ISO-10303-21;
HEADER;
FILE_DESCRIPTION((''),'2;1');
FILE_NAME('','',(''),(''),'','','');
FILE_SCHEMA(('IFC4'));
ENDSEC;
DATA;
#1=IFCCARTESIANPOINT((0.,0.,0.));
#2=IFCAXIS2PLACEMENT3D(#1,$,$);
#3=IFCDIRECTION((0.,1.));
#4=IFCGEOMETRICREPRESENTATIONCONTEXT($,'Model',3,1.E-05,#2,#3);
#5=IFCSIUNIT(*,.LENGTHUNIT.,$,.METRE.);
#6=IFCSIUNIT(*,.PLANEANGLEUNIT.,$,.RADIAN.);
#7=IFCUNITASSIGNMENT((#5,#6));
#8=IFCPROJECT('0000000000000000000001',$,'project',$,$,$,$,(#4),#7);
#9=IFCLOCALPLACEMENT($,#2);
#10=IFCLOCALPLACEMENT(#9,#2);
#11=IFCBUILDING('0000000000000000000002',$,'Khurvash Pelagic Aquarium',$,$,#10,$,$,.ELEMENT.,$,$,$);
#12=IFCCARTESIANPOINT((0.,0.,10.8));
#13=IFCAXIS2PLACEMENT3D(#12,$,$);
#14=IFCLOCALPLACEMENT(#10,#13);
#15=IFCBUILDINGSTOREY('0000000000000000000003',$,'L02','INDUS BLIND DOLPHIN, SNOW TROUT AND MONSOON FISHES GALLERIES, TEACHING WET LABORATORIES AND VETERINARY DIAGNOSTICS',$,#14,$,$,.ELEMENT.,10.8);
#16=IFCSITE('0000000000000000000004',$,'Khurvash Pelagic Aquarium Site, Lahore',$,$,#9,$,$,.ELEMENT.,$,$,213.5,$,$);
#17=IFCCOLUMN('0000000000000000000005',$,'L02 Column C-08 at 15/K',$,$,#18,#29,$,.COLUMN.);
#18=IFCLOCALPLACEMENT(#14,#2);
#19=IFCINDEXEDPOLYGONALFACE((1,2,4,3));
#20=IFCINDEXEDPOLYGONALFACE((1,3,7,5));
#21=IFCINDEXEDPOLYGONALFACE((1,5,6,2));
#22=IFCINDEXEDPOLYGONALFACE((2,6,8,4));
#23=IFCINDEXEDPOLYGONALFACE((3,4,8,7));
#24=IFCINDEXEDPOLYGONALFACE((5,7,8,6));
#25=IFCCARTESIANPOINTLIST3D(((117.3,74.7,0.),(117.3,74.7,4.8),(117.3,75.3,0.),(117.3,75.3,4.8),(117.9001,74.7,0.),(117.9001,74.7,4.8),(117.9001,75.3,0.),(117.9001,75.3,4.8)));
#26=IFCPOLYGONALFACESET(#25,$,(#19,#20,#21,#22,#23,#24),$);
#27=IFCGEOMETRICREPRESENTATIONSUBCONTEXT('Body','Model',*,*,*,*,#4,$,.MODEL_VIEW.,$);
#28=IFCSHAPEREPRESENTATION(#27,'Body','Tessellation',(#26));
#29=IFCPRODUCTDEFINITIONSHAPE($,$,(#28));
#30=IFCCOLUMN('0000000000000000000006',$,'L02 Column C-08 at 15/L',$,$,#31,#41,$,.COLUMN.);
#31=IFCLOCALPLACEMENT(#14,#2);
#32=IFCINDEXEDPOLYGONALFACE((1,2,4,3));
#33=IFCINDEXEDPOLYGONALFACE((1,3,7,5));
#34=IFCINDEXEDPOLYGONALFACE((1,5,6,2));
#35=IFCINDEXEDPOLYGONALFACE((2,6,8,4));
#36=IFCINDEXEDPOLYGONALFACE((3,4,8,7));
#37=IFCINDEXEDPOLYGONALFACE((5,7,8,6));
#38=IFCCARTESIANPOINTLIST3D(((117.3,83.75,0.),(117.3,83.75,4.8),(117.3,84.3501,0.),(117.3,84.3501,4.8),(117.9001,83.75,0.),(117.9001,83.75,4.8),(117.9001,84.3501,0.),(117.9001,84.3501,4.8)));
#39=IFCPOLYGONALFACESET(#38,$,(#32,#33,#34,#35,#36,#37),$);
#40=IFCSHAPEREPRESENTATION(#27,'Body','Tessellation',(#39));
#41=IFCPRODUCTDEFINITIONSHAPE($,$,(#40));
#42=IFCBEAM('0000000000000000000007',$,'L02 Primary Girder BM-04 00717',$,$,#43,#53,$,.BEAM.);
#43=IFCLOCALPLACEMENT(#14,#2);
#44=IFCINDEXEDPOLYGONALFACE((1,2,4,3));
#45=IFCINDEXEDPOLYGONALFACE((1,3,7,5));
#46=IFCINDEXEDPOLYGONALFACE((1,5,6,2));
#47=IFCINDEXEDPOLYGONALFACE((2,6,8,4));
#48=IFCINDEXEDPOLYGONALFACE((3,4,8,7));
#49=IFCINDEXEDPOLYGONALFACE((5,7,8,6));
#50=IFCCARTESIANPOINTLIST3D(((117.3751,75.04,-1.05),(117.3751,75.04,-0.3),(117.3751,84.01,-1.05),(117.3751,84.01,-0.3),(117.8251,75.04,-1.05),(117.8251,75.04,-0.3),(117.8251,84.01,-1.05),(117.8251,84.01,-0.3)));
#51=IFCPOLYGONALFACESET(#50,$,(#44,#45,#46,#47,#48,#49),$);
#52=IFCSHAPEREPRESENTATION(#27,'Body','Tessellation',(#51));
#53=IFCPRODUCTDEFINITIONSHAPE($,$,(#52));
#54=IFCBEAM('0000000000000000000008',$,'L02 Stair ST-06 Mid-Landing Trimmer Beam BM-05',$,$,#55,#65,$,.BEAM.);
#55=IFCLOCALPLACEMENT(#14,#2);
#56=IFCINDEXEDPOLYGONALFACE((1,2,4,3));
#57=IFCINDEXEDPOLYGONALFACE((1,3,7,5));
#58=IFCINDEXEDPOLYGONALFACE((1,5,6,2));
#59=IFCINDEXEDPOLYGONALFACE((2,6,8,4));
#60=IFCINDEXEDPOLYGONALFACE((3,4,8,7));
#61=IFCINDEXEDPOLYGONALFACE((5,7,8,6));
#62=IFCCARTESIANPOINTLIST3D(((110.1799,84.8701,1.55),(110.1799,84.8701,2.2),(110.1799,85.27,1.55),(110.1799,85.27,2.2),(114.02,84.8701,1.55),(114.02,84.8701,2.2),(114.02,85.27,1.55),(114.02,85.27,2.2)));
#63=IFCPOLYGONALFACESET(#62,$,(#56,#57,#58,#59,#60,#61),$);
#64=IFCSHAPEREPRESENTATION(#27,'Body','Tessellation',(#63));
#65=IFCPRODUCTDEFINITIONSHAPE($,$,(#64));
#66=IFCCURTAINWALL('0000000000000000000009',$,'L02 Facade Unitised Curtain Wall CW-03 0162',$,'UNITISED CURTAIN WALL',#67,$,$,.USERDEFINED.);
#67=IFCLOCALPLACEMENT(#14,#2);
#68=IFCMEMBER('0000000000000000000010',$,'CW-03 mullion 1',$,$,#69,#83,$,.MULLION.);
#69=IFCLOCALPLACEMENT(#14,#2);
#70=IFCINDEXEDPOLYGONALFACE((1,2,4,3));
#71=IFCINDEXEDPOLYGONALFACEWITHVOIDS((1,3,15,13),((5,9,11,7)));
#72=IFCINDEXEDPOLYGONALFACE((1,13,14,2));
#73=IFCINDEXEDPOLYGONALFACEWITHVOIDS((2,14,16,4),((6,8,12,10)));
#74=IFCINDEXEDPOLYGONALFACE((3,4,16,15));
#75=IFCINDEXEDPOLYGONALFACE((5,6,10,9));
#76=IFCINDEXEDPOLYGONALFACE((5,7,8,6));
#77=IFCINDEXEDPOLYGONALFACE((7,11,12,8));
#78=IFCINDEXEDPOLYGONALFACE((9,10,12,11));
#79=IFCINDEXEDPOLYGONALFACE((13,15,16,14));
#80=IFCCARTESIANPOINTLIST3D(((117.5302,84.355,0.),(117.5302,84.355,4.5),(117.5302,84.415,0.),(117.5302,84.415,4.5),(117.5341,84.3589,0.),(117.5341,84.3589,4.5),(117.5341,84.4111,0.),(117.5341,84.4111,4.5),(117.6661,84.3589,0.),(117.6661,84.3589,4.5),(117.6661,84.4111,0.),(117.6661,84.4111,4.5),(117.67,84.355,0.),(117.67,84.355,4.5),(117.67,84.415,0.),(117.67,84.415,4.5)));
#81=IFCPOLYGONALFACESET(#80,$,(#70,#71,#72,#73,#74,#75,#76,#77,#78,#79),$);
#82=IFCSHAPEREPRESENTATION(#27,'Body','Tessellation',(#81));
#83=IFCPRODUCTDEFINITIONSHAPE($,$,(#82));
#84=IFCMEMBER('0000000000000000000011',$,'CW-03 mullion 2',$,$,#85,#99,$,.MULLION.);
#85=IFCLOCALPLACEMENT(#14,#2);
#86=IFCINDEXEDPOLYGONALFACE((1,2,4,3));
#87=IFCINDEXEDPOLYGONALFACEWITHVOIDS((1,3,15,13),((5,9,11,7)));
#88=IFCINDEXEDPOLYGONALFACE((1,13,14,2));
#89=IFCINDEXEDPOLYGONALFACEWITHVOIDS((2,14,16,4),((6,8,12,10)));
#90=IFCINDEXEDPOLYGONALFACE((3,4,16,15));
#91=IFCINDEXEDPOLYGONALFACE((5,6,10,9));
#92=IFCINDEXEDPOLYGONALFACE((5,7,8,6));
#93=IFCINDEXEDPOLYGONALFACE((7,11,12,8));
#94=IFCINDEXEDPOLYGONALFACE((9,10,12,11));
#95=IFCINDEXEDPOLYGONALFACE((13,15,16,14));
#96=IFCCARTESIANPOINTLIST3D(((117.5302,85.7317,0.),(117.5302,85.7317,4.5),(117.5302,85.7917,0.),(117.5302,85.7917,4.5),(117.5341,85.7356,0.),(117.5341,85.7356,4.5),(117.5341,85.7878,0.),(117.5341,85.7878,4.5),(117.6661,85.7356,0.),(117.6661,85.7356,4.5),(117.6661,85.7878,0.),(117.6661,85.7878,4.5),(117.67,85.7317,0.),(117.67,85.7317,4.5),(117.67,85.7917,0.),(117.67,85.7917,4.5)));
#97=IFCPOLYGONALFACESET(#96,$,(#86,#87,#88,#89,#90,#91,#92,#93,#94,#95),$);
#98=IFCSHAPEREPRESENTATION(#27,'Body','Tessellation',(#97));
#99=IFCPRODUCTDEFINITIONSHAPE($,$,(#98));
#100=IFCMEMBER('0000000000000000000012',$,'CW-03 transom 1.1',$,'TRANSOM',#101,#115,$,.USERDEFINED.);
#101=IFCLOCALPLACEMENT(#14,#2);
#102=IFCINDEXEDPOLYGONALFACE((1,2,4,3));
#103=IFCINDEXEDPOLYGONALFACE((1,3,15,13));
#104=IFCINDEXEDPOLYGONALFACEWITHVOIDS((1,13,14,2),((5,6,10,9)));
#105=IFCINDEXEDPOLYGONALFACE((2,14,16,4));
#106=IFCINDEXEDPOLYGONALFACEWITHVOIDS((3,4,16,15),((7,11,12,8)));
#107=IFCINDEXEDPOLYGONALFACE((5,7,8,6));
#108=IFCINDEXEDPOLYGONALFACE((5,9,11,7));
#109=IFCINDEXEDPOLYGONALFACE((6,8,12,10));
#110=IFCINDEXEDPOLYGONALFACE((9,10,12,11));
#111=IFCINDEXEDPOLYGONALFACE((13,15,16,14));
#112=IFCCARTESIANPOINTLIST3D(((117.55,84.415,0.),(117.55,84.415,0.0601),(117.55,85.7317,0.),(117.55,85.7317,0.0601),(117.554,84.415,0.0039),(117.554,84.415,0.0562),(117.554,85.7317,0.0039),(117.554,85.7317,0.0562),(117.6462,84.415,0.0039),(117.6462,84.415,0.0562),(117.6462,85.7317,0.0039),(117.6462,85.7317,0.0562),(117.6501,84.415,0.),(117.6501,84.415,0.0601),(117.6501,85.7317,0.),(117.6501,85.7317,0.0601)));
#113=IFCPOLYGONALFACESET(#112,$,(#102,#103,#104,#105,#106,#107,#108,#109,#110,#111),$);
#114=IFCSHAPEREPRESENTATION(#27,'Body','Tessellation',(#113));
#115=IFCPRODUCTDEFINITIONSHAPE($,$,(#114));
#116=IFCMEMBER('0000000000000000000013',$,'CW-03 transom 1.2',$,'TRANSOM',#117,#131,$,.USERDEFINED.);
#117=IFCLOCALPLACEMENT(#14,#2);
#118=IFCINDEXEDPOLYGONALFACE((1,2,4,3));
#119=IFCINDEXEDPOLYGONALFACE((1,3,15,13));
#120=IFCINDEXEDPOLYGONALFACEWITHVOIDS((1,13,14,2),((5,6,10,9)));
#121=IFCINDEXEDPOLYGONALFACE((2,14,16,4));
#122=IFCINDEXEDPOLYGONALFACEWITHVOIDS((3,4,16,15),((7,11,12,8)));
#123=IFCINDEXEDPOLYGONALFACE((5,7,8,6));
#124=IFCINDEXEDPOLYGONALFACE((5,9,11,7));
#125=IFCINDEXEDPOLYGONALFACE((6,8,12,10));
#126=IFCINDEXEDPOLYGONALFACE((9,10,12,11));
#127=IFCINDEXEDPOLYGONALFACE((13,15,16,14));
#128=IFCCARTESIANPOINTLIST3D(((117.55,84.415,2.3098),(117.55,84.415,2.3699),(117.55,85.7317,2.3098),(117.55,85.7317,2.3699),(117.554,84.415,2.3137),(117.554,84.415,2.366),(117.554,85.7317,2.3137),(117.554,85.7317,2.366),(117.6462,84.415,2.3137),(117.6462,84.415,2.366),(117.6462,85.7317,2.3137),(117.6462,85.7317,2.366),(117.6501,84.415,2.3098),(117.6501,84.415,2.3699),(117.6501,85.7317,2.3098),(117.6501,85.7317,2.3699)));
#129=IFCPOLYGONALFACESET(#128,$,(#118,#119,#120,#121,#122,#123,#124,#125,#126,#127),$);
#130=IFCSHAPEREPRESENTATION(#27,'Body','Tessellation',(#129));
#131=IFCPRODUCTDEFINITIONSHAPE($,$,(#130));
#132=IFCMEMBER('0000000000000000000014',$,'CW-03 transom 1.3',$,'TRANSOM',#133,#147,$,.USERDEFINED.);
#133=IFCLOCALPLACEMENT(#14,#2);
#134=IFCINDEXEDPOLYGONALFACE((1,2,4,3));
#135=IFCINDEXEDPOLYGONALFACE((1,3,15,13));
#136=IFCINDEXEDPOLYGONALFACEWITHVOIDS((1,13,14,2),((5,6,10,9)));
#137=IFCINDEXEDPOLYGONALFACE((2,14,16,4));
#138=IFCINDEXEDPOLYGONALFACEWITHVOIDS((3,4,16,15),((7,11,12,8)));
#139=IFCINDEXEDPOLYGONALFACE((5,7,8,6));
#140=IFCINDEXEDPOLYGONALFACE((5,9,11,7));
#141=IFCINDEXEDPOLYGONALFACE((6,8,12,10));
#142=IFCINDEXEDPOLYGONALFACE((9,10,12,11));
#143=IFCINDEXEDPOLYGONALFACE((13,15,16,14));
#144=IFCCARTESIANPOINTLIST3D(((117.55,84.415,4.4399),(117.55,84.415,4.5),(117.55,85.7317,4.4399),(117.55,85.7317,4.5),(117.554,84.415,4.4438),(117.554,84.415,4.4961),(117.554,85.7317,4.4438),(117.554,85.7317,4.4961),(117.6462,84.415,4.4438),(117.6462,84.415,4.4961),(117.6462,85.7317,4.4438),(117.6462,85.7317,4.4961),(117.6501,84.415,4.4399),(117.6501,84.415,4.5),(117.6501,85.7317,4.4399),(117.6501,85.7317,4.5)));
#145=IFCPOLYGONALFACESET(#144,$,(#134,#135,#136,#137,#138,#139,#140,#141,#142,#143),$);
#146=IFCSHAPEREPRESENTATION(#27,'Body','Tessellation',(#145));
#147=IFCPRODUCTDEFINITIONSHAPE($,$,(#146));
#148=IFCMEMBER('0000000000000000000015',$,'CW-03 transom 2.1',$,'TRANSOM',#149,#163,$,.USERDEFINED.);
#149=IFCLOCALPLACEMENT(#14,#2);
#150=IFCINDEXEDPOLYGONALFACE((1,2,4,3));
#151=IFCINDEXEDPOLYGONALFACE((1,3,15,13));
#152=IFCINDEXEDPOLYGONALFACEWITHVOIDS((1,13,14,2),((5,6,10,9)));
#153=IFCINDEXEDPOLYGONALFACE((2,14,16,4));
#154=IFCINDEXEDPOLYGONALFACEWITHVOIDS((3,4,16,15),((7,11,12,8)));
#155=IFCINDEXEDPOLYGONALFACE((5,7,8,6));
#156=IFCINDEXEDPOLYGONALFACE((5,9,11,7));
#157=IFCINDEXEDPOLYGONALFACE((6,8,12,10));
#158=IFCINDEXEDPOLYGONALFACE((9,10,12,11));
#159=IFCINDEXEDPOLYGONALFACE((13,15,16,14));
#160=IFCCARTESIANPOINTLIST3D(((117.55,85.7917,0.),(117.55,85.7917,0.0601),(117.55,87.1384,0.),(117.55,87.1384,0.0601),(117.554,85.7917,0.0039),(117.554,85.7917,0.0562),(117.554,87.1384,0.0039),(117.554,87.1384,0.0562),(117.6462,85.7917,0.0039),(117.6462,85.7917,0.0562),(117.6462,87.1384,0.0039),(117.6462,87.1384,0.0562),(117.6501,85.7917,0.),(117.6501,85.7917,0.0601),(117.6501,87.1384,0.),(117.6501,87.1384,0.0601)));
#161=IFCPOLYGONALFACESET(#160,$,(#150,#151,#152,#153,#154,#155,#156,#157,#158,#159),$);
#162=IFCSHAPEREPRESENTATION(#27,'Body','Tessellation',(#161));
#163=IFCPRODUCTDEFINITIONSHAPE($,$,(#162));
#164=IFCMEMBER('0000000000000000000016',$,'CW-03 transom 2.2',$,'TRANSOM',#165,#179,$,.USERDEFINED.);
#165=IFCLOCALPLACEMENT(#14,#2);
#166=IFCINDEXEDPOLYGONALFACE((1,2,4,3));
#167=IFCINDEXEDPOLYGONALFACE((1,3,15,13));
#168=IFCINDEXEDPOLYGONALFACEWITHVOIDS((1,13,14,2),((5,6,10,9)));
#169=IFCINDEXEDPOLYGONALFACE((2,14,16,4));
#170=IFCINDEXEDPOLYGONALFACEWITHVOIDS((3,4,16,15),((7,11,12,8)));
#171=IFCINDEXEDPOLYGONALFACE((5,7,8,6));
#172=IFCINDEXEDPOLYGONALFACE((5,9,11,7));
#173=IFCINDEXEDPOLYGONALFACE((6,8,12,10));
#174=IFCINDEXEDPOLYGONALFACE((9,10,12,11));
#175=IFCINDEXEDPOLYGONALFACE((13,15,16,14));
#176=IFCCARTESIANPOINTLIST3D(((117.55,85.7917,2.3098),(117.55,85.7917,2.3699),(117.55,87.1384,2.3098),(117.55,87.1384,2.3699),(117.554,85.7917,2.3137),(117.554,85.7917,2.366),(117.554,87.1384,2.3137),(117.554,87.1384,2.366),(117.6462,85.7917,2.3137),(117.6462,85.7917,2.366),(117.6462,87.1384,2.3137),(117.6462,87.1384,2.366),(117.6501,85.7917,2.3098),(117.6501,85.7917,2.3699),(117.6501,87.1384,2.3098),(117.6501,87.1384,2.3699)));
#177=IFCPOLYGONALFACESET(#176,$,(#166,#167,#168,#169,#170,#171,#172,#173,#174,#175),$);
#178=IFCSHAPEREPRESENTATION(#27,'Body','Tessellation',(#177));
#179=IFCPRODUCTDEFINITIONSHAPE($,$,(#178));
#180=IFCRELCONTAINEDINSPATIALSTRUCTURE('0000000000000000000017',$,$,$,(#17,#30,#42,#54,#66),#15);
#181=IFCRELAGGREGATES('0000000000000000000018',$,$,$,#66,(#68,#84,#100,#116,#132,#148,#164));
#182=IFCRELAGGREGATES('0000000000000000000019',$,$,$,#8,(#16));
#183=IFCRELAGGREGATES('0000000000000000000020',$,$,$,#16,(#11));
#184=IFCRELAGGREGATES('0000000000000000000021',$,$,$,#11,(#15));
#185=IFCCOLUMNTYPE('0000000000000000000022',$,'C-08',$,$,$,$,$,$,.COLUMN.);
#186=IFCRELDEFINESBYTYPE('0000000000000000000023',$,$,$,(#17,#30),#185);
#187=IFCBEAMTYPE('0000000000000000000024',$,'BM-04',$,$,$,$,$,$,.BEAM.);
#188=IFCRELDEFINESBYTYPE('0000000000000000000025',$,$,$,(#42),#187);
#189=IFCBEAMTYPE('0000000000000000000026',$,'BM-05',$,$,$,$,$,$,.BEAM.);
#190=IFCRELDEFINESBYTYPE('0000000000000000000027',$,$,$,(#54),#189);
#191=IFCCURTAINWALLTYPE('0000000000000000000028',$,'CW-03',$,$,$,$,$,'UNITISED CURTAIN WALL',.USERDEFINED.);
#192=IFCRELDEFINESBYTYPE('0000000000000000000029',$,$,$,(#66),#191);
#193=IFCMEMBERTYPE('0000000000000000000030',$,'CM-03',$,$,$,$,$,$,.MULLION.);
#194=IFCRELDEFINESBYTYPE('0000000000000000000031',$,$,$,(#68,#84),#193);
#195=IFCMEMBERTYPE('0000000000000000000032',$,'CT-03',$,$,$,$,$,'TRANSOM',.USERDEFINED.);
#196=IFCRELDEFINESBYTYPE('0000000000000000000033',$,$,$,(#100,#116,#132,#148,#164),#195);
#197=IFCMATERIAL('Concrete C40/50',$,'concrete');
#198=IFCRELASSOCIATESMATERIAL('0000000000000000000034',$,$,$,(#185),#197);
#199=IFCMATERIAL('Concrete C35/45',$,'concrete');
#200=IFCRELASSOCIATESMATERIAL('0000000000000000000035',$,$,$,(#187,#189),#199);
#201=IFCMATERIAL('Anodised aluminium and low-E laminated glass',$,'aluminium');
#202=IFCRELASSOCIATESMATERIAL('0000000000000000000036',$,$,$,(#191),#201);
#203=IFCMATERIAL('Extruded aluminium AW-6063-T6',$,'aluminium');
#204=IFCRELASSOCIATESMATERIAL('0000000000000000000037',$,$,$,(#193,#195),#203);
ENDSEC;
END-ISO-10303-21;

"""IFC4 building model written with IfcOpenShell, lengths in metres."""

from ifc_helpers import new_model, si_unit, direction, frame, origin, origin_2d, place, context, subcontext, project, spatial, rectangle, hollow_rectangle, extrude, material, material_profile, profile_set, type_object, element, aggregate, save


model = new_model("IFC4")

# Units and contexts
model_context = context("Model", 3, precision=1e-05, world=origin(), true_north=direction((0.0, 1.0)))
body_context = subcontext(model_context, "Body", "Model", "MODEL_VIEW")
ifc_project = project(units=[si_unit("LENGTHUNIT", "METRE"), si_unit("PLANEANGLEUNIT", "RADIAN")], contexts=[model_context])

# Site, building, storey
site_placement = place(None, origin())
site = spatial("IfcSite", under=ifc_project, at=site_placement, Name="Khurvash Pelagic Aquarium Site, Lahore", CompositionType="ELEMENT", RefElevation=213.5)
building_placement = place(site_placement, origin())
building = spatial("IfcBuilding", under=site, at=building_placement, Name="Khurvash Pelagic Aquarium", CompositionType="ELEMENT")
storey_placement = place(building_placement, frame((0.0, 0.0, 10.8)))
storey = spatial("IfcBuildingStorey", under=building, at=storey_placement, Name="L02", Description="INDUS BLIND DOLPHIN, SNOW TROUT AND MONSOON FISHES GALLERIES, TEACHING WET LABORATORIES AND VETERINARY DIAGNOSTICS", CompositionType="ELEMENT", Elevation=10.8)

# Columns
ifc_material_1 = material(Name="Concrete C40/50", Category="concrete")
ifc_material_profile_1 = material_profile(ifc_material_1, rectangle(XDim=0.6001, YDim=0.6001, at=origin_2d()), Name="RC600X600")
ifc_profile_set_1 = profile_set([ifc_material_profile_1], Name="Concrete C40/50")
column_type = type_object("IfcColumnType", Name="C-08", PredefinedType="COLUMN", material=ifc_profile_set_1)
for number, where, z_axis, x_axis, name in (
    (1, (117.6001, 75.0, 0.0), (0.0, 0.0, 1.0), (1.0, 0.0, 0.0), "L02 Column C-08 at 15/K"),
    (2, (117.6001, 84.05, 0.0), (0.0, 0.0, 1.0), (1.0, 0.0, 0.0), "L02 Column C-08 at 15/L"),
):
    element("IfcColumn", number, at=place(storey_placement, frame(where, z_axis=z_axis, x_axis=x_axis)), inside=storey, type_object=column_type, Name=name, PredefinedType="COLUMN", context=body_context, shape_type="SweptSolid", body=[
        extrude(rectangle(XDim=0.6001, YDim=0.6001, at=origin_2d()), origin(), (0.0, 0.0, 1.0), 4.8),
    ])

# Beams
ifc_material_2 = material(Name="Concrete C35/45", Category="concrete")
ifc_material_profile_2 = material_profile(ifc_material_2, rectangle(XDim=0.45, YDim=0.75, at=origin_2d()), Name="RC450X750")
ifc_profile_set_2 = profile_set([ifc_material_profile_2], Name="Concrete C35/45")
beam_type_1 = type_object("IfcBeamType", Name="BM-04", PredefinedType="BEAM", material=ifc_profile_set_2)
beam_1_placement = place(storey_placement, frame((117.6001, 75.04, -0.675), z_axis=(0.0, 1.0, 0.0), x_axis=(-1.0, 0.0, 0.0)))
element("IfcBeam", 3, at=beam_1_placement, inside=storey, type_object=beam_type_1, Name="L02 Primary Girder BM-04 00717", PredefinedType="BEAM", context=body_context, shape_type="SweptSolid", body=[
    extrude(rectangle(XDim=0.45, YDim=0.75, at=origin_2d()), origin(), (0.0, 0.0, 1.0), 8.97),
])
ifc_material_profile_3 = material_profile(ifc_material_2, rectangle(XDim=0.3999, YDim=0.6499, at=origin_2d()), Name="RC400X650")
ifc_profile_set_3 = profile_set([ifc_material_profile_3], Name="Concrete C35/45")
beam_type_2 = type_object("IfcBeamType", Name="BM-05", PredefinedType="BEAM", material=ifc_profile_set_3)
beam_2_placement = place(storey_placement, frame((110.1799, 85.0701, 1.875), z_axis=(1.0, 0.0, 0.0), x_axis=(0.0, 1.0, 0.0)))
element("IfcBeam", 4, at=beam_2_placement, inside=storey, type_object=beam_type_2, Name="L02 Stair ST-06 Mid-Landing Trimmer Beam BM-05", PredefinedType="BEAM", context=body_context, shape_type="SweptSolid", body=[
    extrude(rectangle(XDim=0.3999, YDim=0.6499, at=origin_2d()), origin(), (0.0, 0.0, 1.0), 3.8401),
])

# Curtain wall, members
ifc_material_3 = material(Name="Anodised aluminium and low-E laminated glass", Category="aluminium")
curtain_wall_type = type_object("IfcCurtainWallType", Name="CW-03", ElementType="UNITISED CURTAIN WALL", PredefinedType="USERDEFINED", material=ifc_material_3)
curtain_wall_placement = place(storey_placement, origin())
curtain_wall = element("IfcCurtainWall", 5, at=curtain_wall_placement, inside=storey, type_object=curtain_wall_type, Name="L02 Facade Unitised Curtain Wall CW-03 0162", ObjectType="UNITISED CURTAIN WALL", PredefinedType="USERDEFINED")
ifc_material_4 = material(Name="Extruded aluminium AW-6063-T6", Category="aluminium")
ifc_material_profile_4 = material_profile(ifc_material_4, hollow_rectangle(XDim=0.0601, YDim=0.1399, WallThickness=0.0039, at=origin_2d()), Name="CWM60X140X4")
ifc_profile_set_4 = profile_set([ifc_material_profile_4], Name="Extruded aluminium AW-6063-T6")
member_type_1 = type_object("IfcMemberType", Name="CM-03", PredefinedType="MULLION", material=ifc_profile_set_4)
member_1_placement = place(storey_placement, frame((117.6001, 84.385, 0.0), z_axis=(0.0, 0.0, 1.0), x_axis=(0.0, 1.0, 0.0)))
member_1 = element("IfcMember", 6, at=member_1_placement, type_object=member_type_1, Name="CW-03 mullion 1", PredefinedType="MULLION", context=body_context, shape_type="SweptSolid", body=[
    extrude(hollow_rectangle(XDim=0.0601, YDim=0.1399, WallThickness=0.0039, at=origin_2d()), origin(), (0.0, 0.0, 1.0), 4.5),
])
member_2_placement = place(storey_placement, frame((117.6001, 85.7617, 0.0), z_axis=(0.0, 0.0, 1.0), x_axis=(0.0, 1.0, 0.0)))
member_2 = element("IfcMember", 7, at=member_2_placement, type_object=member_type_1, Name="CW-03 mullion 2", PredefinedType="MULLION", context=body_context, shape_type="SweptSolid", body=[
    extrude(hollow_rectangle(XDim=0.0601, YDim=0.1399, WallThickness=0.0039, at=origin_2d()), origin(), (0.0, 0.0, 1.0), 4.5),
])
ifc_material_profile_5 = material_profile(ifc_material_4, hollow_rectangle(XDim=0.1001, YDim=0.0601, WallThickness=0.0039, at=origin_2d()), Name="CWT100X60X4")
ifc_profile_set_5 = profile_set([ifc_material_profile_5], Name="Extruded aluminium AW-6063-T6")
member_type_2 = type_object("IfcMemberType", Name="CT-03", ElementType="TRANSOM", PredefinedType="USERDEFINED", material=ifc_profile_set_5)
member_3_placement = place(storey_placement, frame((117.6001, 84.415, 0.03), z_axis=(0.0, 1.0, 0.0), x_axis=(-1.0, 0.0, 0.0)))
member_3 = element("IfcMember", 8, at=member_3_placement, type_object=member_type_2, Name="CW-03 transom 1.1", ObjectType="TRANSOM", PredefinedType="USERDEFINED", context=body_context, shape_type="SweptSolid", body=[
    extrude(hollow_rectangle(XDim=0.1001, YDim=0.0601, WallThickness=0.0039, at=origin_2d()), origin(), (0.0, 0.0, 1.0), 1.3167),
])
member_4_placement = place(storey_placement, frame((117.6001, 84.415, 2.3398), z_axis=(0.0, 1.0, 0.0), x_axis=(-1.0, 0.0, 0.0)))
member_4 = element("IfcMember", 9, at=member_4_placement, type_object=member_type_2, Name="CW-03 transom 1.2", ObjectType="TRANSOM", PredefinedType="USERDEFINED", context=body_context, shape_type="SweptSolid", body=[
    extrude(hollow_rectangle(XDim=0.1001, YDim=0.0601, WallThickness=0.0039, at=origin_2d()), origin(), (0.0, 0.0, 1.0), 1.3167),
])
member_5_placement = place(storey_placement, frame((117.6001, 84.415, 4.47), z_axis=(0.0, 1.0, 0.0), x_axis=(-1.0, 0.0, 0.0)))
member_5 = element("IfcMember", 10, at=member_5_placement, type_object=member_type_2, Name="CW-03 transom 1.3", ObjectType="TRANSOM", PredefinedType="USERDEFINED", context=body_context, shape_type="SweptSolid", body=[
    extrude(hollow_rectangle(XDim=0.1001, YDim=0.0601, WallThickness=0.0039, at=origin_2d()), origin(), (0.0, 0.0, 1.0), 1.3167),
])
member_6_placement = place(storey_placement, frame((117.6001, 85.7917, 0.03), z_axis=(0.0, 1.0, 0.0), x_axis=(-1.0, 0.0, 0.0)))
member_6 = element("IfcMember", 11, at=member_6_placement, type_object=member_type_2, Name="CW-03 transom 2.1", ObjectType="TRANSOM", PredefinedType="USERDEFINED", context=body_context, shape_type="SweptSolid", body=[
    extrude(hollow_rectangle(XDim=0.1001, YDim=0.0601, WallThickness=0.0039, at=origin_2d()), origin(), (0.0, 0.0, 1.0), 1.3467),
])
member_7_placement = place(storey_placement, frame((117.6001, 85.7917, 2.3398), z_axis=(0.0, 1.0, 0.0), x_axis=(-1.0, 0.0, 0.0)))
member_7 = element("IfcMember", 12, at=member_7_placement, type_object=member_type_2, Name="CW-03 transom 2.2", ObjectType="TRANSOM", PredefinedType="USERDEFINED", context=body_context, shape_type="SweptSolid", body=[
    extrude(hollow_rectangle(XDim=0.1001, YDim=0.0601, WallThickness=0.0039, at=origin_2d()), origin(), (0.0, 0.0, 1.0), 1.3467),
])

aggregate(curtain_wall, [member_1, member_2, member_3, member_4, member_5, member_6, member_7])

save(model, "model.ifc")
